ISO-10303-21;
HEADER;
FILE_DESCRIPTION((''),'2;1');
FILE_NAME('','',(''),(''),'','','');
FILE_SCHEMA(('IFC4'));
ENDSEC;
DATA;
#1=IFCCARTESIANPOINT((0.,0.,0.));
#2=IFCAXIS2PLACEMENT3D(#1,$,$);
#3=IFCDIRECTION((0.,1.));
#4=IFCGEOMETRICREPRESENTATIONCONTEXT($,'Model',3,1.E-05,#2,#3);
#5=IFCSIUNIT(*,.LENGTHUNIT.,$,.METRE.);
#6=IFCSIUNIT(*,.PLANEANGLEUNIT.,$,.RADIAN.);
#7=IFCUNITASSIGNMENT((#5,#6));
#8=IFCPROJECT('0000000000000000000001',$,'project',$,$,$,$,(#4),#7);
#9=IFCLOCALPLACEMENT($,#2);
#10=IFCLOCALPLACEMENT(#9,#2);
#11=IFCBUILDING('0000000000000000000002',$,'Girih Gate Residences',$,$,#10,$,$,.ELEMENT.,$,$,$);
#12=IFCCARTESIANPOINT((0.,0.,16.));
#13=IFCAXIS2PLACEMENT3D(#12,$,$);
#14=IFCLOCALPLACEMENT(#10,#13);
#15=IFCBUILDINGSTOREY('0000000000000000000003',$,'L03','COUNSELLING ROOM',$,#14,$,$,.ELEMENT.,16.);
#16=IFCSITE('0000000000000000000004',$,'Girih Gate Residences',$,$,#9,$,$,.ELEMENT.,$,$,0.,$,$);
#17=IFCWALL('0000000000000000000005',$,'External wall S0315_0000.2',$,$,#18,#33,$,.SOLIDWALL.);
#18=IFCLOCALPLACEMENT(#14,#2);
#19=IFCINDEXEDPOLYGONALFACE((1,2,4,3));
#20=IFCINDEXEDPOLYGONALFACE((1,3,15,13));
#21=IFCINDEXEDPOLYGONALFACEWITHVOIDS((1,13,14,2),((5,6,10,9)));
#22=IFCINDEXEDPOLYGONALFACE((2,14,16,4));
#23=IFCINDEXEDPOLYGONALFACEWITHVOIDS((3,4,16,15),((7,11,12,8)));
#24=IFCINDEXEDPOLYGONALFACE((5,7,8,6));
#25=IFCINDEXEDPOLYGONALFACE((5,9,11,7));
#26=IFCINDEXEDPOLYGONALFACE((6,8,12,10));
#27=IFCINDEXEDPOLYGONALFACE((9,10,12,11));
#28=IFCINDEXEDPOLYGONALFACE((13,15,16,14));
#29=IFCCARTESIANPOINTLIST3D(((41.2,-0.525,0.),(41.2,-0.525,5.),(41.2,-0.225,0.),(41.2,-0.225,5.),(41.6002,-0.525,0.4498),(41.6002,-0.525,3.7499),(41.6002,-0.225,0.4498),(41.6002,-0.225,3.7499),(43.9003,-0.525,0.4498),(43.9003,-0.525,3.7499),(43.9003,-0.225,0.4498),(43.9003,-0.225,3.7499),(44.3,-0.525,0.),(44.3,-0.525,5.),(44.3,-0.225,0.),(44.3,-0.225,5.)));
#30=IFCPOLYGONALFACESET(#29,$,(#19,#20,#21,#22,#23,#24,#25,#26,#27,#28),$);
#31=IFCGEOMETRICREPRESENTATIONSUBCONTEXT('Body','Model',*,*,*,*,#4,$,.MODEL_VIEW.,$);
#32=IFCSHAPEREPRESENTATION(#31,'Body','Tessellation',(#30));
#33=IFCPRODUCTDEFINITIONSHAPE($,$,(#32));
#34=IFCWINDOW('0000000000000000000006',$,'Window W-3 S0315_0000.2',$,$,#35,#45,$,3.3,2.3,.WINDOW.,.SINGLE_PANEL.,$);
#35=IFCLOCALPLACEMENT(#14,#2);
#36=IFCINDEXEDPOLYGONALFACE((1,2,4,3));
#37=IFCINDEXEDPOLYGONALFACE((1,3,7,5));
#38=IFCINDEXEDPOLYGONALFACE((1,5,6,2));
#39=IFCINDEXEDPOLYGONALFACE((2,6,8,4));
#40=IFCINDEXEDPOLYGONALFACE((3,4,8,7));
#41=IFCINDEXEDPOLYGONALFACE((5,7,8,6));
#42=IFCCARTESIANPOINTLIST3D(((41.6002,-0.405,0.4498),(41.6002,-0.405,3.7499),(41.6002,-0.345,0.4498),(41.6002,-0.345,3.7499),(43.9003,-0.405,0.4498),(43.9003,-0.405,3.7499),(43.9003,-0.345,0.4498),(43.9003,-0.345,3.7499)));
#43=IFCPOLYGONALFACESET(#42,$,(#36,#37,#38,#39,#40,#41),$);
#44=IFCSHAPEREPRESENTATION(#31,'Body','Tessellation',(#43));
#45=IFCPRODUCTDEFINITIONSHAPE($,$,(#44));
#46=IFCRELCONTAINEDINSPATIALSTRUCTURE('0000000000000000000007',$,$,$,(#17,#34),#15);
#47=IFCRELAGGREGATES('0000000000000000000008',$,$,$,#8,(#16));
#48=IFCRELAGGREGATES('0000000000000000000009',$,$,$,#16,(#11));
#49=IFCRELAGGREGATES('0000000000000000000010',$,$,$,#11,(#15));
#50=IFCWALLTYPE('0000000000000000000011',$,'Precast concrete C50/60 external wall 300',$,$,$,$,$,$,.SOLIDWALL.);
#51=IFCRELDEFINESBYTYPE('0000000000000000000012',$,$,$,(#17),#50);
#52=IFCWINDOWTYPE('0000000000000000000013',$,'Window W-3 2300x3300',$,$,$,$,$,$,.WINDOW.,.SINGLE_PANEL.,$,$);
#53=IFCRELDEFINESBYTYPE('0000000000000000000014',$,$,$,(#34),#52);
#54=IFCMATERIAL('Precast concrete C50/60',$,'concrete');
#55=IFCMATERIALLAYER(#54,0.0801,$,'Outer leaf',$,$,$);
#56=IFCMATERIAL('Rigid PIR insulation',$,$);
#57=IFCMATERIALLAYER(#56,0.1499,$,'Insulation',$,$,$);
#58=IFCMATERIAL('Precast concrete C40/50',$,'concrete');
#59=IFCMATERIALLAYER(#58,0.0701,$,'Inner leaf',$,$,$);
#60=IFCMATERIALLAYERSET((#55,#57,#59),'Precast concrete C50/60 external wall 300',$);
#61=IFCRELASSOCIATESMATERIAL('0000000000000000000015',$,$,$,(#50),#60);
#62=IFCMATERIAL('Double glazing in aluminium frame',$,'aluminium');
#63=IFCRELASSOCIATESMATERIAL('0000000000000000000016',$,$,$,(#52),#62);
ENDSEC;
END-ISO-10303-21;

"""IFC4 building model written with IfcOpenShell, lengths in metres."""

from ifc_helpers import new_model, si_unit, direction, frame, frame_2d, origin, place, context, subcontext, project, spatial, rectangle, extrude, material, layer, layer_set, type_object, element, fill, save


model = new_model("IFC4")

# Units and contexts
model_context = context("Model", 3, precision=1e-05, world=origin(), true_north=direction((0.0, 1.0)))
body_context = subcontext(model_context, "Body", "Model", "MODEL_VIEW")
ifc_project = project(units=[si_unit("LENGTHUNIT", "METRE"), si_unit("PLANEANGLEUNIT", "RADIAN")], contexts=[model_context])

# Site, building, storey
site_placement = place(None, origin())
site = spatial("IfcSite", under=ifc_project, at=site_placement, Name="Girih Gate Residences", CompositionType="ELEMENT", RefElevation=0.0)
building_placement = place(site_placement, origin())
building = spatial("IfcBuilding", under=site, at=building_placement, Name="Girih Gate Residences", CompositionType="ELEMENT")
storey_placement = place(building_placement, frame((0.0, 0.0, 16.0)))
storey = spatial("IfcBuildingStorey", under=building, at=storey_placement, Name="L03", Description="COUNSELLING ROOM", CompositionType="ELEMENT", Elevation=16.0)

# Wall, opening, window
ifc_material_1 = material(Name="Precast concrete C50/60", Category="concrete")
ifc_layer_1 = layer(ifc_material_1, 0.0801, Name="Outer leaf")
ifc_material_2 = material(Name="Rigid PIR insulation")
ifc_layer_2 = layer(ifc_material_2, 0.1499, Name="Insulation")
ifc_material_3 = material(Name="Precast concrete C40/50", Category="concrete")
ifc_layer_3 = layer(ifc_material_3, 0.0701, Name="Inner leaf")
ifc_layer_set_1 = layer_set([ifc_layer_1, ifc_layer_2, ifc_layer_3], Name="Precast concrete C50/60 external wall 300")
wall_type_1 = type_object("IfcWallType", Name="Precast concrete C50/60 external wall 300", PredefinedType="SOLIDWALL", material=ifc_layer_set_1)
ifc_material_4 = material(Name="Double glazing in aluminium frame", Category="aluminium")
window_type = type_object("IfcWindowType", Name="Window W-3 2300x3300", PartitioningType="SINGLE_PANEL", PredefinedType="WINDOW", material=ifc_material_4)
wall_1_placement = place(storey_placement, frame((44.3, -0.375, 0.0), z_axis=(0.0, 0.0, 1.0), x_axis=(-1.0, 0.0, 0.0)))
wall_1 = element("IfcWall", 1, at=wall_1_placement, inside=storey, type_object=wall_type_1, Name="External wall S0315_0000.2", PredefinedType="SOLIDWALL", context=body_context, shape_type="SweptSolid", body=[
    extrude(rectangle(XDim=3.1001, YDim=0.3, at=frame_2d((1.55, 0.0))), origin(), (0.0, 0.0, 1.0), 5.0),
])
opening_1_placement = place(wall_1_placement, frame((0.3999, 0.0, 0.45)))
opening_1 = element("IfcOpeningElement", 2, at=opening_1_placement, cuts=wall_1, PredefinedType="OPENING", context=body_context, shape_type="SweptSolid", body=[
    extrude(rectangle(XDim=2.3, YDim=3.3, at=frame_2d((1.1499, 1.6499))), frame((0.0, 0.1599, 0.0), z_axis=(0.0, -1.0, 0.0), x_axis=(1.0, 0.0, 0.0)), (0.0, 0.0, 1.0), 0.3201),
])
window_1_placement = place(opening_1_placement, origin())
window_1 = element("IfcWindow", 3, at=window_1_placement, inside=storey, type_object=window_type, Name="Window W-3 S0315_0000.2", OverallHeight=3.3, OverallWidth=2.3, PartitioningType="SINGLE_PANEL", PredefinedType="WINDOW", context=body_context, shape_type="SweptSolid", body=[
    extrude(rectangle(XDim=2.3, YDim=3.3, at=frame_2d((1.1499, 1.6499))), frame((0.0, 0.03, 0.0), z_axis=(0.0, -1.0, 0.0), x_axis=(1.0, 0.0, 0.0)), (0.0, 0.0, 1.0), 0.0601),
])
fill(opening_1, window_1)

save(model, "model.ifc")
